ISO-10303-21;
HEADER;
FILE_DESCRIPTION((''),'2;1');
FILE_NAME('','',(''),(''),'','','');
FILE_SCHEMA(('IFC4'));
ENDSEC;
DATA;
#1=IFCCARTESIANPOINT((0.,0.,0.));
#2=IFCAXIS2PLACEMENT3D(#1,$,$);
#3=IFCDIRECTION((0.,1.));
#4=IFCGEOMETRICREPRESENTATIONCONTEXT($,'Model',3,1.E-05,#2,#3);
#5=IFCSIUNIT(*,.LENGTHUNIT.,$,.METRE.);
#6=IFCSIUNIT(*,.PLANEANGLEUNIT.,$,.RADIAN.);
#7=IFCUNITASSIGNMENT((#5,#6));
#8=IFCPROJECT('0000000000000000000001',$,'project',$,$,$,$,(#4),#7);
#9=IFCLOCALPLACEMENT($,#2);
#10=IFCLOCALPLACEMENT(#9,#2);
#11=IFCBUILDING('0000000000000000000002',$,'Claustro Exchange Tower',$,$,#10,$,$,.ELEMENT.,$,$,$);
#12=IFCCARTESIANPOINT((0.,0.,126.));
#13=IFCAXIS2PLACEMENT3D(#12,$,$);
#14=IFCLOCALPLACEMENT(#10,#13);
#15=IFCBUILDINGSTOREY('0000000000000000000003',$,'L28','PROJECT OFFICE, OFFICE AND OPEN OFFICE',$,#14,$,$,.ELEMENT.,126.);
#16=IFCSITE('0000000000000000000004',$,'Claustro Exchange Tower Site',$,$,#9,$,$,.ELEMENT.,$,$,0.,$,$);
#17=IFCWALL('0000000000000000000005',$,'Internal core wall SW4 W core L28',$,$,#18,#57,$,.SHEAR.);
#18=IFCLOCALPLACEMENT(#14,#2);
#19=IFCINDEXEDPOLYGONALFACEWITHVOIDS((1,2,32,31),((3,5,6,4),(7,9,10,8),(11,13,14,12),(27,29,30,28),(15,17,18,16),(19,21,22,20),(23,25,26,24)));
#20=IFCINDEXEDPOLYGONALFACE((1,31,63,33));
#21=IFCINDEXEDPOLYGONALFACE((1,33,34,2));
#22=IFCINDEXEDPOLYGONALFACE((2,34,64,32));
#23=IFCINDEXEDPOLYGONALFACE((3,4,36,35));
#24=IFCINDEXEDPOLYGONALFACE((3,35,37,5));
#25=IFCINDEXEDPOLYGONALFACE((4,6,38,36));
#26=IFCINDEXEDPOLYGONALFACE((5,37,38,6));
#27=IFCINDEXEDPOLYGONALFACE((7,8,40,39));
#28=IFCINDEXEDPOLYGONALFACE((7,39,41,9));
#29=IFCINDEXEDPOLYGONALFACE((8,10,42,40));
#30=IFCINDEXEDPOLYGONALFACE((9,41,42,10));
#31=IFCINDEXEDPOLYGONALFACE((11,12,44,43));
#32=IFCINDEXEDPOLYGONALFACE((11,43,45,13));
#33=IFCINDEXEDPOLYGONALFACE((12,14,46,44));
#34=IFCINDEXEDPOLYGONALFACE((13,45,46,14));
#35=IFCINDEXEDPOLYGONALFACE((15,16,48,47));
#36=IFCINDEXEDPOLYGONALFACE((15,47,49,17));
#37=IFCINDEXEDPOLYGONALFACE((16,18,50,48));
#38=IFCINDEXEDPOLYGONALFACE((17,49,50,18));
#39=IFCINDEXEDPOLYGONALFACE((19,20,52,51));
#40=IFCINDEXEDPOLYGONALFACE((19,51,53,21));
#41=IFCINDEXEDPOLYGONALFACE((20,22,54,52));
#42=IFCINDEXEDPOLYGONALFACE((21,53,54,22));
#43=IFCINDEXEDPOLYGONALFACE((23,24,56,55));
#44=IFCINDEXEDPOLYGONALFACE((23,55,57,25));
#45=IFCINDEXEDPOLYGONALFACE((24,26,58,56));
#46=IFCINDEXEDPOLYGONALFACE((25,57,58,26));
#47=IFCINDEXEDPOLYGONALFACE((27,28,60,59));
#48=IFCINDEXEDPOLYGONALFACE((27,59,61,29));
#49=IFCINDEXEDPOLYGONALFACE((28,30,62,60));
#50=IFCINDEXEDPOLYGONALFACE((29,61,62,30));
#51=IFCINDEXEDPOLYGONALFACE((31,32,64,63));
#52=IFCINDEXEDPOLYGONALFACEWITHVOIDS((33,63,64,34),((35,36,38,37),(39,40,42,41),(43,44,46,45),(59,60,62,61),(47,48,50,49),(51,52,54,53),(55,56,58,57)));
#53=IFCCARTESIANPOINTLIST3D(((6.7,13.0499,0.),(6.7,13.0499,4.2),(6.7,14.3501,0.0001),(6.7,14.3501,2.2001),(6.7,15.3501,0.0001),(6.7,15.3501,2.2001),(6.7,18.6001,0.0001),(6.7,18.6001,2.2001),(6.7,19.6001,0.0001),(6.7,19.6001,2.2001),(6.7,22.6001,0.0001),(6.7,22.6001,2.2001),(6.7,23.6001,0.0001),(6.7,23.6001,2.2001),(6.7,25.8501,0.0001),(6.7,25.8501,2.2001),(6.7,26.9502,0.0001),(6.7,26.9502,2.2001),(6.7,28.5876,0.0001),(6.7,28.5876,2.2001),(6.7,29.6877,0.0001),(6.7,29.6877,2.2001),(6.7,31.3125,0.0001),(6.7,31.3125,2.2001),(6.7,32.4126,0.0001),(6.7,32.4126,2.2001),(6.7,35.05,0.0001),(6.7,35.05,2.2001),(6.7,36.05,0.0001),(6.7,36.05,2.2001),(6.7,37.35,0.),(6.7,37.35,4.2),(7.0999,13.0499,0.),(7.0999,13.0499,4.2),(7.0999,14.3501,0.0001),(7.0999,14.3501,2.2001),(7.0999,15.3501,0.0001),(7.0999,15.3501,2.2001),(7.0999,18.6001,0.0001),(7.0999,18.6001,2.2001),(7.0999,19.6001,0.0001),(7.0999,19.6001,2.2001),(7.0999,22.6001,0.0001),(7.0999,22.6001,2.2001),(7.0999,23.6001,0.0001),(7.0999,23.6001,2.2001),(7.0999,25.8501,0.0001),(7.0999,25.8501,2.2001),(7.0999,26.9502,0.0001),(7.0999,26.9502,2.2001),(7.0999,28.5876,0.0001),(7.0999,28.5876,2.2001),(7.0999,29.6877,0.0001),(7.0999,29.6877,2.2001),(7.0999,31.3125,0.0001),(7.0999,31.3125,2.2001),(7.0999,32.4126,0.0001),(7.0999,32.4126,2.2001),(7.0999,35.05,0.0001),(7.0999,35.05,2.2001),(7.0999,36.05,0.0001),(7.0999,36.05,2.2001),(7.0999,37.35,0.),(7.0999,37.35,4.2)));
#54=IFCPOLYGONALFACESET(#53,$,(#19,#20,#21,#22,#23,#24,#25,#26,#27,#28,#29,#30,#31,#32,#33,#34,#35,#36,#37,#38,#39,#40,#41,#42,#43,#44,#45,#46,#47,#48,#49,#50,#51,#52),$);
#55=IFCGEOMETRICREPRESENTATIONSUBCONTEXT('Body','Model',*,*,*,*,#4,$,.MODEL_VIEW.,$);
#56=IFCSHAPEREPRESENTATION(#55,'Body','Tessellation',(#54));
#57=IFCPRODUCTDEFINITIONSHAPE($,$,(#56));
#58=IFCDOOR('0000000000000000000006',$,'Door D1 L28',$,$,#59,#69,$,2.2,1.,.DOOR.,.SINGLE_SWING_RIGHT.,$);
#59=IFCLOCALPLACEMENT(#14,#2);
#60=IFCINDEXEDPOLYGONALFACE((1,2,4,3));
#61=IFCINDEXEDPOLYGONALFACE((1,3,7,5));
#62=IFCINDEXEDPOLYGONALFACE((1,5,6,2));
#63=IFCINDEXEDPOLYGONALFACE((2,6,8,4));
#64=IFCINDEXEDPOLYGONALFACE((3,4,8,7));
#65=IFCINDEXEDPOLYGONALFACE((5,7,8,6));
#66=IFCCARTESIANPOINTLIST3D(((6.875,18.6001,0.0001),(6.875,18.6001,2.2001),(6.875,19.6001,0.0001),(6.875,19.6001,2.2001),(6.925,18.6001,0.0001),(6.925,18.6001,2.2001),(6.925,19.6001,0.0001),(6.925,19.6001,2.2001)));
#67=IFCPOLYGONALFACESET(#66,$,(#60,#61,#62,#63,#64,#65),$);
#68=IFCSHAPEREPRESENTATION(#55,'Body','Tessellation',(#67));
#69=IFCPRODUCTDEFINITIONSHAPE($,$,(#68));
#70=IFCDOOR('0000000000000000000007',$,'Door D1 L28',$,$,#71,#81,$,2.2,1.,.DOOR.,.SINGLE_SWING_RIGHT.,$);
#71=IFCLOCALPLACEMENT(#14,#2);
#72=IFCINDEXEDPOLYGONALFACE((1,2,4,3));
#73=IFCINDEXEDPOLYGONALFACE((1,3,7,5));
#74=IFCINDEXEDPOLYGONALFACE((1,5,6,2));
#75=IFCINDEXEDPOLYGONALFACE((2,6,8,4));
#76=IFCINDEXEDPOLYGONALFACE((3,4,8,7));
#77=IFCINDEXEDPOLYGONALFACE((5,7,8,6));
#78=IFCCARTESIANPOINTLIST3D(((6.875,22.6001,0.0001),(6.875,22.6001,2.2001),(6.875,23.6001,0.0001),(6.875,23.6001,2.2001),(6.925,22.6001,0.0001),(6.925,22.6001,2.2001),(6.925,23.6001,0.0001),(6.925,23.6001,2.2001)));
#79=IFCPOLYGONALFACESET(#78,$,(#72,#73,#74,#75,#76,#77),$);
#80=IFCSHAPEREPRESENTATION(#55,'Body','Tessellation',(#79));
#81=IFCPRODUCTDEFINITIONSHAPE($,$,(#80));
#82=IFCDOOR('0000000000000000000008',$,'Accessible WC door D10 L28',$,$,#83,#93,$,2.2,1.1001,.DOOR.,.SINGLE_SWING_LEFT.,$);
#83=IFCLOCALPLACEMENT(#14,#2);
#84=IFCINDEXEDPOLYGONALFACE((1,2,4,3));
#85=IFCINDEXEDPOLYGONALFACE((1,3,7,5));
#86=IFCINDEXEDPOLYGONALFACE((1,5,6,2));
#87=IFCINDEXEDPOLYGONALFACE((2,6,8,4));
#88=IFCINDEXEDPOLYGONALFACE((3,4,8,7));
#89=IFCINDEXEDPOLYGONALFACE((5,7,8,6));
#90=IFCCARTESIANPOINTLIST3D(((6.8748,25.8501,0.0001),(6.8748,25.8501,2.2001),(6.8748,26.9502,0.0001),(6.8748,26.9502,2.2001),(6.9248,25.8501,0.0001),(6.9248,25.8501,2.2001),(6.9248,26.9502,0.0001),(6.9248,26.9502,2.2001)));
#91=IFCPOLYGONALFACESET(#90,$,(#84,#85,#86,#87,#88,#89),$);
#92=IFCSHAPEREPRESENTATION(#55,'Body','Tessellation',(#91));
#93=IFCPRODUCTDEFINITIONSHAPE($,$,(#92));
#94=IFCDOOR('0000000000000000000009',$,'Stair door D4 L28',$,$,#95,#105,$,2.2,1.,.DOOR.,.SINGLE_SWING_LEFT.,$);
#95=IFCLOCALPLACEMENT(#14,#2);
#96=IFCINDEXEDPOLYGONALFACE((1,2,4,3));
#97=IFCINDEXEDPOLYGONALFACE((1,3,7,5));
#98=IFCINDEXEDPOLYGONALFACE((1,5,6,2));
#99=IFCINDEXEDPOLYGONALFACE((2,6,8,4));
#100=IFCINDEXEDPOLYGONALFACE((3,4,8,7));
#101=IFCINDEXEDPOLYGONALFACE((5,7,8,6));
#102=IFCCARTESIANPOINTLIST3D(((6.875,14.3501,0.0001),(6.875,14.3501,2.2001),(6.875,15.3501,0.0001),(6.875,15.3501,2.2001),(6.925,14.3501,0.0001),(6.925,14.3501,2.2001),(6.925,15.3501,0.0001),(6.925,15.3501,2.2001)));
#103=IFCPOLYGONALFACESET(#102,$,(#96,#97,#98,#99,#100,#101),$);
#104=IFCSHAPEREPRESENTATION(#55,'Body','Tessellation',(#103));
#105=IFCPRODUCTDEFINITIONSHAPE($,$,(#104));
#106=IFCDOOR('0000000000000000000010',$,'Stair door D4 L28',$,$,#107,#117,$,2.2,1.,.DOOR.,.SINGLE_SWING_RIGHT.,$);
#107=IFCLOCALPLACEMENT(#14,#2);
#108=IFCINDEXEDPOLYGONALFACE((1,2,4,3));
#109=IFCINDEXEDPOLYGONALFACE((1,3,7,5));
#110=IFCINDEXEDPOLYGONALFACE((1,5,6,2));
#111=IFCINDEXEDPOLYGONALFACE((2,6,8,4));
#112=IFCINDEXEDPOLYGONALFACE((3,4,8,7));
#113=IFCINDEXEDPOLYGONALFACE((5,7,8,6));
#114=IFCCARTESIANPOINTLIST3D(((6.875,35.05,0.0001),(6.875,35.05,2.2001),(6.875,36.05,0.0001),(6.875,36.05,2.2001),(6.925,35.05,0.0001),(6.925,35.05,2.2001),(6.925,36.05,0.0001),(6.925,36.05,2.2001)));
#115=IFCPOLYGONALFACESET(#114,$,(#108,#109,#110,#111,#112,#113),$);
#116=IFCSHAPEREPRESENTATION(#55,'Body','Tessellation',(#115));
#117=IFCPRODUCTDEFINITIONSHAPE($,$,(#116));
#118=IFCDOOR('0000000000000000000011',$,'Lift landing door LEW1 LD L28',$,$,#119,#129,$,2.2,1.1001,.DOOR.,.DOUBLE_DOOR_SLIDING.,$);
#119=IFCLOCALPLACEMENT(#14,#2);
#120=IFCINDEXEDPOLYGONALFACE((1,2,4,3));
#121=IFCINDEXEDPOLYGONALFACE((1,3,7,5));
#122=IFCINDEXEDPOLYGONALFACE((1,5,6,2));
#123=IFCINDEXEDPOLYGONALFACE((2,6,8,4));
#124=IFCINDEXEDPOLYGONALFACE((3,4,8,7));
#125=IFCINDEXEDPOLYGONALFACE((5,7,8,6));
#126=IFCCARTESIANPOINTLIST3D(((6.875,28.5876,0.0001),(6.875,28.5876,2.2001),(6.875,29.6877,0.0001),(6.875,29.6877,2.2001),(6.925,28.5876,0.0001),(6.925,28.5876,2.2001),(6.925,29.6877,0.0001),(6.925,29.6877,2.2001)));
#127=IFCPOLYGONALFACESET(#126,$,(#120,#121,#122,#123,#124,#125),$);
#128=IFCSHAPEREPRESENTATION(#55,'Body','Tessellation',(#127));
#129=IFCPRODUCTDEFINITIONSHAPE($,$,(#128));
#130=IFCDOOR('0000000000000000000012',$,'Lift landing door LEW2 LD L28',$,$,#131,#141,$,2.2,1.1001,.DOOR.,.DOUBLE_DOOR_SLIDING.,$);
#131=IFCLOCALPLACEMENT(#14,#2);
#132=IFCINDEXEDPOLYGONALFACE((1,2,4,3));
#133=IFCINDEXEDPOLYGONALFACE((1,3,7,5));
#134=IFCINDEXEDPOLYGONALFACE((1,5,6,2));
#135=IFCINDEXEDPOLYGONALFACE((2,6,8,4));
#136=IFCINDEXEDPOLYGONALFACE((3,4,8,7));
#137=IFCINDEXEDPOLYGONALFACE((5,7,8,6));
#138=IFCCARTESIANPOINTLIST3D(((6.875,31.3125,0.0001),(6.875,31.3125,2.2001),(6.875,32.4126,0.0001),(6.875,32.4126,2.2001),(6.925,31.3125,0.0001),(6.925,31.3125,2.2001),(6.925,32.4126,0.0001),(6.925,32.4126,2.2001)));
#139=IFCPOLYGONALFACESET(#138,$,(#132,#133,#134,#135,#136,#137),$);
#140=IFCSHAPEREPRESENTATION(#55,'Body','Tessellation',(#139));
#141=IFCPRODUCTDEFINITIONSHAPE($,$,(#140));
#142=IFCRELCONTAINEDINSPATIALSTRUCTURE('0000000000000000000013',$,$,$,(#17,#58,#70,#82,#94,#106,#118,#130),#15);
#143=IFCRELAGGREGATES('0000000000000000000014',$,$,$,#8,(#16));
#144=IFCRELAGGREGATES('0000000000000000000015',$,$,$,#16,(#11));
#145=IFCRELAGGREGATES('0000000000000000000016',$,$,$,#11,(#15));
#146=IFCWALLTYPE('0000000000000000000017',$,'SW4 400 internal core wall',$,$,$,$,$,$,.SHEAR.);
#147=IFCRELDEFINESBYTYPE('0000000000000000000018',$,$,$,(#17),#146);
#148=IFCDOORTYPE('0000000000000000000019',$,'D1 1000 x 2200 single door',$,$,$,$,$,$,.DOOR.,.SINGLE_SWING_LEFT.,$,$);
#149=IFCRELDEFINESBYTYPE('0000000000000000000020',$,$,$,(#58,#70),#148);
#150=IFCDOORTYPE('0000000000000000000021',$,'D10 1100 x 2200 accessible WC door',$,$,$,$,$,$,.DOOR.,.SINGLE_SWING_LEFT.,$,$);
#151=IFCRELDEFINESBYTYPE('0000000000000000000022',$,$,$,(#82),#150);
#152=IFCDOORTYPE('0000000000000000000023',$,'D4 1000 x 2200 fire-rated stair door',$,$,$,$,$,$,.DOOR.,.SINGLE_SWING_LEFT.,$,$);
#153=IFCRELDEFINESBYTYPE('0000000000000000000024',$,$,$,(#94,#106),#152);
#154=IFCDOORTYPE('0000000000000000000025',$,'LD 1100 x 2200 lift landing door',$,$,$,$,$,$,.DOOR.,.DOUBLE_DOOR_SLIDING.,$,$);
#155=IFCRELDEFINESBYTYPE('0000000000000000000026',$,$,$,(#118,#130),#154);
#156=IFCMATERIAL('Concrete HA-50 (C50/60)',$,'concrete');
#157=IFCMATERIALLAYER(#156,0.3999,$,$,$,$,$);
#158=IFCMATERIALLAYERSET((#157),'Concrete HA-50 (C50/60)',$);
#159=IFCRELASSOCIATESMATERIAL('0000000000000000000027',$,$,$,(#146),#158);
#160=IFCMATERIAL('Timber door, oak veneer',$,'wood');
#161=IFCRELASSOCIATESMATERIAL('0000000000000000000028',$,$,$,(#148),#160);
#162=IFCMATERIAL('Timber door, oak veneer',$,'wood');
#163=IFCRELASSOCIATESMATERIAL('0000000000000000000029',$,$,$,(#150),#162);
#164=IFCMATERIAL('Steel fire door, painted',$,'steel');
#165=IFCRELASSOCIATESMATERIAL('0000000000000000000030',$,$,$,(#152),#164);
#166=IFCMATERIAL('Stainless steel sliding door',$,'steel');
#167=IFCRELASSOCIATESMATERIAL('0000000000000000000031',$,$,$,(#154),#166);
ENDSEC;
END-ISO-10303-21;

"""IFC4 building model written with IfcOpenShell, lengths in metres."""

from ifc_helpers import new_model, si_unit, direction, frame, frame_2d, origin, place, context, subcontext, project, spatial, rectangle, extrude, material, layer, layer_set, type_object, element, fill, save


model = new_model("IFC4")

# Units and contexts
model_context = context("Model", 3, precision=1e-05, world=origin(), true_north=direction((0.0, 1.0)))
body_context = subcontext(model_context, "Body", "Model", "MODEL_VIEW")
ifc_project = project(units=[si_unit("LENGTHUNIT", "METRE"), si_unit("PLANEANGLEUNIT", "RADIAN")], contexts=[model_context])

# Site, building, storey
site_placement = place(None, origin())
site = spatial("IfcSite", under=ifc_project, at=site_placement, Name="Claustro Exchange Tower Site", CompositionType="ELEMENT", RefElevation=0.0)
building_placement = place(site_placement, origin())
building = spatial("IfcBuilding", under=site, at=building_placement, Name="Claustro Exchange Tower", CompositionType="ELEMENT")
storey_placement = place(building_placement, frame((0.0, 0.0, 126.0)))
storey = spatial("IfcBuildingStorey", under=building, at=storey_placement, Name="L28", Description="PROJECT OFFICE, OFFICE AND OPEN OFFICE", CompositionType="ELEMENT", Elevation=126.0)

# Wall, openings, doors
ifc_material_1 = material(Name="Concrete HA-50 (C50/60)", Category="concrete")
ifc_layer_1 = layer(ifc_material_1, 0.3999)
ifc_layer_set_1 = layer_set([ifc_layer_1], Name="Concrete HA-50 (C50/60)")
wall_type_1 = type_object("IfcWallType", Name="SW4 400 internal core wall", PredefinedType="SHEAR", material=ifc_layer_set_1)
wall_1_placement = place(storey_placement, frame((6.8999, 13.05, 0.0), z_axis=(0.0, 0.0, 1.0), x_axis=(0.0, 1.0, 0.0)))
wall_1 = element("IfcWall", 1, at=wall_1_placement, inside=storey, type_object=wall_type_1, Name="Internal core wall SW4 W core L28", PredefinedType="SHEAR", context=body_context, shape_type="SweptSolid", body=[
    extrude(rectangle(XDim=24.3, YDim=0.3999, at=frame_2d((12.1499, 0.0))), origin(), (0.0, 0.0, 1.0), 4.2),
])
opening_1_placement = place(wall_1_placement, frame((1.3, 0.0, 0.0)))
opening_1 = element("IfcOpeningElement", 2, at=opening_1_placement, cuts=wall_1, PredefinedType="OPENING", context=body_context, shape_type="SweptSolid", body=[
    extrude(rectangle(XDim=1.0, YDim=2.2, at=frame_2d((0.5, 1.1001))), frame((0.0, 0.21, 0.0), z_axis=(0.0, -1.0, 0.0), x_axis=(1.0, 0.0, 0.0)), (0.0, 0.0, 1.0), 0.4199),
])
opening_2_placement = place(wall_1_placement, frame((22.0, 0.0, 0.0)))
opening_2 = element("IfcOpeningElement", 3, at=opening_2_placement, cuts=wall_1, PredefinedType="OPENING", context=body_context, shape_type="SweptSolid", body=[
    extrude(rectangle(XDim=1.0, YDim=2.2, at=frame_2d((0.5, 1.1001))), frame((0.0, 0.21, 0.0), z_axis=(0.0, -1.0, 0.0), x_axis=(1.0, 0.0, 0.0)), (0.0, 0.0, 1.0), 0.4199),
])
opening_3_placement = place(wall_1_placement, frame((5.55, 0.0, 0.0)))
opening_3 = element("IfcOpeningElement", 4, at=opening_3_placement, cuts=wall_1, PredefinedType="OPENING", context=body_context, shape_type="SweptSolid", body=[
    extrude(rectangle(XDim=1.0, YDim=2.2, at=frame_2d((0.5, 1.1001))), frame((0.0, 0.21, 0.0), z_axis=(0.0, -1.0, 0.0), x_axis=(1.0, 0.0, 0.0)), (0.0, 0.0, 1.0), 0.4199),
])
opening_4_placement = place(wall_1_placement, frame((9.55, 0.0, 0.0)))
opening_4 = element("IfcOpeningElement", 5, at=opening_4_placement, cuts=wall_1, PredefinedType="OPENING", context=body_context, shape_type="SweptSolid", body=[
    extrude(rectangle(XDim=1.0, YDim=2.2, at=frame_2d((0.5, 1.1001))), frame((0.0, 0.21, 0.0), z_axis=(0.0, -1.0, 0.0), x_axis=(1.0, 0.0, 0.0)), (0.0, 0.0, 1.0), 0.4199),
])
opening_5_placement = place(wall_1_placement, frame((12.8, 0.0, 0.0)))
opening_5 = element("IfcOpeningElement", 6, at=opening_5_placement, cuts=wall_1, PredefinedType="OPENING", context=body_context, shape_type="SweptSolid", body=[
    extrude(rectangle(XDim=1.1001, YDim=2.2, at=frame_2d((0.55, 1.1001))), frame((0.0, 0.21, 0.0), z_axis=(0.0, -1.0, 0.0), x_axis=(1.0, 0.0, 0.0)), (0.0, 0.0, 1.0), 0.4199),
])
opening_6_placement = place(wall_1_placement, frame((15.5376, 0.0, 0.0)))
opening_6 = element("IfcOpeningElement", 7, at=opening_6_placement, cuts=wall_1, PredefinedType="OPENING", context=body_context, shape_type="SweptSolid", body=[
    extrude(rectangle(XDim=1.1001, YDim=2.2, at=frame_2d((0.55, 1.1001))), frame((0.0, 0.21, 0.0), z_axis=(0.0, -1.0, 0.0), x_axis=(1.0, 0.0, 0.0)), (0.0, 0.0, 1.0), 0.4199),
])
opening_7_placement = place(wall_1_placement, frame((18.2625, 0.0, 0.0)))
opening_7 = element("IfcOpeningElement", 8, at=opening_7_placement, cuts=wall_1, PredefinedType="OPENING", context=body_context, shape_type="SweptSolid", body=[
    extrude(rectangle(XDim=1.1001, YDim=2.2, at=frame_2d((0.55, 1.1001))), frame((0.0, 0.21, 0.0), z_axis=(0.0, -1.0, 0.0), x_axis=(1.0, 0.0, 0.0)), (0.0, 0.0, 1.0), 0.4199),
])
ifc_material_2 = material(Name="Timber door, oak veneer", Category="wood")
door_type_1 = type_object("IfcDoorType", Name="D1 1000 x 2200 single door", OperationType="SINGLE_SWING_LEFT", PredefinedType="DOOR", material=ifc_material_2)
door_1_placement = place(opening_3_placement, origin())
door_1 = element("IfcDoor", 9, at=door_1_placement, inside=storey, type_object=door_type_1, Name="Door D1 L28", OperationType="SINGLE_SWING_RIGHT", OverallHeight=2.2, OverallWidth=1.0, PredefinedType="DOOR", context=body_context, shape_type="SweptSolid", body=[
    extrude(rectangle(XDim=1.0, YDim=2.2, at=frame_2d((0.5, 1.1001))), frame((0.0, 0.0249, 0.0), z_axis=(0.0, -1.0, 0.0), x_axis=(1.0, 0.0, 0.0)), (0.0, 0.0, 1.0), 0.05),
])
fill(opening_3, door_1)
door_2_placement = place(opening_4_placement, origin())
door_2 = element("IfcDoor", 10, at=door_2_placement, inside=storey, type_object=door_type_1, Name="Door D1 L28", OperationType="SINGLE_SWING_RIGHT", OverallHeight=2.2, OverallWidth=1.0, PredefinedType="DOOR", context=body_context, shape_type="SweptSolid", body=[
    extrude(rectangle(XDim=1.0, YDim=2.2, at=frame_2d((0.5, 1.1001))), frame((0.0, 0.0249, 0.0), z_axis=(0.0, -1.0, 0.0), x_axis=(1.0, 0.0, 0.0)), (0.0, 0.0, 1.0), 0.05),
])
fill(opening_4, door_2)
ifc_material_3 = material(Name="Timber door, oak veneer", Category="wood")
door_type_2 = type_object("IfcDoorType", Name="D10 1100 x 2200 accessible WC door", OperationType="SINGLE_SWING_LEFT", PredefinedType="DOOR", material=ifc_material_3)
door_3_placement = place(opening_5_placement, frame((1.1001, 0.0, 0.0), z_axis=(0.0, 0.0, 1.0), x_axis=(-1.0, 0.0, 0.0)))
door_3 = element("IfcDoor", 11, at=door_3_placement, inside=storey, type_object=door_type_2, Name="Accessible WC door D10 L28", OperationType="SINGLE_SWING_LEFT", OverallHeight=2.2, OverallWidth=1.1001, PredefinedType="DOOR", context=body_context, shape_type="SweptSolid", body=[
    extrude(rectangle(XDim=1.1001, YDim=2.2, at=frame_2d((0.55, 1.1001))), frame((0.0, 0.0249, 0.0), z_axis=(0.0, -1.0, 0.0), x_axis=(1.0, 0.0, 0.0)), (0.0, 0.0, 1.0), 0.05),
])
fill(opening_5, door_3)
ifc_material_4 = material(Name="Steel fire door, painted", Category="steel")
door_type_3 = type_object("IfcDoorType", Name="D4 1000 x 2200 fire-rated stair door", OperationType="SINGLE_SWING_LEFT", PredefinedType="DOOR", material=ifc_material_4)
door_4_placement = place(opening_1_placement, origin())
door_4 = element("IfcDoor", 12, at=door_4_placement, inside=storey, type_object=door_type_3, Name="Stair door D4 L28", OperationType="SINGLE_SWING_LEFT", OverallHeight=2.2, OverallWidth=1.0, PredefinedType="DOOR", context=body_context, shape_type="SweptSolid", body=[
    extrude(rectangle(XDim=1.0, YDim=2.2, at=frame_2d((0.5, 1.1001))), frame((0.0, 0.0249, 0.0), z_axis=(0.0, -1.0, 0.0), x_axis=(1.0, 0.0, 0.0)), (0.0, 0.0, 1.0), 0.05),
])
fill(opening_1, door_4)
door_5_placement = place(opening_2_placement, origin())
door_5 = element("IfcDoor", 13, at=door_5_placement, inside=storey, type_object=door_type_3, Name="Stair door D4 L28", OperationType="SINGLE_SWING_RIGHT", OverallHeight=2.2, OverallWidth=1.0, PredefinedType="DOOR", context=body_context, shape_type="SweptSolid", body=[
    extrude(rectangle(XDim=1.0, YDim=2.2, at=frame_2d((0.5, 1.1001))), frame((0.0, 0.0249, 0.0), z_axis=(0.0, -1.0, 0.0), x_axis=(1.0, 0.0, 0.0)), (0.0, 0.0, 1.0), 0.05),
])
fill(opening_2, door_5)
ifc_material_5 = material(Name="Stainless steel sliding door", Category="steel")
door_type_4 = type_object("IfcDoorType", Name="LD 1100 x 2200 lift landing door", OperationType="DOUBLE_DOOR_SLIDING", PredefinedType="DOOR", material=ifc_material_5)
door_6_placement = place(opening_6_placement, origin())
door_6 = element("IfcDoor", 14, at=door_6_placement, inside=storey, type_object=door_type_4, Name="Lift landing door LEW1 LD L28", OperationType="DOUBLE_DOOR_SLIDING", OverallHeight=2.2, OverallWidth=1.1001, PredefinedType="DOOR", context=body_context, shape_type="SweptSolid", body=[
    extrude(rectangle(XDim=1.1001, YDim=2.2, at=frame_2d((0.55, 1.1001))), frame((0.0, 0.0249, 0.0), z_axis=(0.0, -1.0, 0.0), x_axis=(1.0, 0.0, 0.0)), (0.0, 0.0, 1.0), 0.05),
])
fill(opening_6, door_6)
door_7_placement = place(opening_7_placement, origin())
door_7 = element("IfcDoor", 15, at=door_7_placement, inside=storey, type_object=door_type_4, Name="Lift landing door LEW2 LD L28", OperationType="DOUBLE_DOOR_SLIDING", OverallHeight=2.2, OverallWidth=1.1001, PredefinedType="DOOR", context=body_context, shape_type="SweptSolid", body=[
    extrude(rectangle(XDim=1.1001, YDim=2.2, at=frame_2d((0.55, 1.1001))), frame((0.0, 0.0249, 0.0), z_axis=(0.0, -1.0, 0.0), x_axis=(1.0, 0.0, 0.0)), (0.0, 0.0, 1.0), 0.05),
])
fill(opening_7, door_7)

save(model, "model.ifc")
